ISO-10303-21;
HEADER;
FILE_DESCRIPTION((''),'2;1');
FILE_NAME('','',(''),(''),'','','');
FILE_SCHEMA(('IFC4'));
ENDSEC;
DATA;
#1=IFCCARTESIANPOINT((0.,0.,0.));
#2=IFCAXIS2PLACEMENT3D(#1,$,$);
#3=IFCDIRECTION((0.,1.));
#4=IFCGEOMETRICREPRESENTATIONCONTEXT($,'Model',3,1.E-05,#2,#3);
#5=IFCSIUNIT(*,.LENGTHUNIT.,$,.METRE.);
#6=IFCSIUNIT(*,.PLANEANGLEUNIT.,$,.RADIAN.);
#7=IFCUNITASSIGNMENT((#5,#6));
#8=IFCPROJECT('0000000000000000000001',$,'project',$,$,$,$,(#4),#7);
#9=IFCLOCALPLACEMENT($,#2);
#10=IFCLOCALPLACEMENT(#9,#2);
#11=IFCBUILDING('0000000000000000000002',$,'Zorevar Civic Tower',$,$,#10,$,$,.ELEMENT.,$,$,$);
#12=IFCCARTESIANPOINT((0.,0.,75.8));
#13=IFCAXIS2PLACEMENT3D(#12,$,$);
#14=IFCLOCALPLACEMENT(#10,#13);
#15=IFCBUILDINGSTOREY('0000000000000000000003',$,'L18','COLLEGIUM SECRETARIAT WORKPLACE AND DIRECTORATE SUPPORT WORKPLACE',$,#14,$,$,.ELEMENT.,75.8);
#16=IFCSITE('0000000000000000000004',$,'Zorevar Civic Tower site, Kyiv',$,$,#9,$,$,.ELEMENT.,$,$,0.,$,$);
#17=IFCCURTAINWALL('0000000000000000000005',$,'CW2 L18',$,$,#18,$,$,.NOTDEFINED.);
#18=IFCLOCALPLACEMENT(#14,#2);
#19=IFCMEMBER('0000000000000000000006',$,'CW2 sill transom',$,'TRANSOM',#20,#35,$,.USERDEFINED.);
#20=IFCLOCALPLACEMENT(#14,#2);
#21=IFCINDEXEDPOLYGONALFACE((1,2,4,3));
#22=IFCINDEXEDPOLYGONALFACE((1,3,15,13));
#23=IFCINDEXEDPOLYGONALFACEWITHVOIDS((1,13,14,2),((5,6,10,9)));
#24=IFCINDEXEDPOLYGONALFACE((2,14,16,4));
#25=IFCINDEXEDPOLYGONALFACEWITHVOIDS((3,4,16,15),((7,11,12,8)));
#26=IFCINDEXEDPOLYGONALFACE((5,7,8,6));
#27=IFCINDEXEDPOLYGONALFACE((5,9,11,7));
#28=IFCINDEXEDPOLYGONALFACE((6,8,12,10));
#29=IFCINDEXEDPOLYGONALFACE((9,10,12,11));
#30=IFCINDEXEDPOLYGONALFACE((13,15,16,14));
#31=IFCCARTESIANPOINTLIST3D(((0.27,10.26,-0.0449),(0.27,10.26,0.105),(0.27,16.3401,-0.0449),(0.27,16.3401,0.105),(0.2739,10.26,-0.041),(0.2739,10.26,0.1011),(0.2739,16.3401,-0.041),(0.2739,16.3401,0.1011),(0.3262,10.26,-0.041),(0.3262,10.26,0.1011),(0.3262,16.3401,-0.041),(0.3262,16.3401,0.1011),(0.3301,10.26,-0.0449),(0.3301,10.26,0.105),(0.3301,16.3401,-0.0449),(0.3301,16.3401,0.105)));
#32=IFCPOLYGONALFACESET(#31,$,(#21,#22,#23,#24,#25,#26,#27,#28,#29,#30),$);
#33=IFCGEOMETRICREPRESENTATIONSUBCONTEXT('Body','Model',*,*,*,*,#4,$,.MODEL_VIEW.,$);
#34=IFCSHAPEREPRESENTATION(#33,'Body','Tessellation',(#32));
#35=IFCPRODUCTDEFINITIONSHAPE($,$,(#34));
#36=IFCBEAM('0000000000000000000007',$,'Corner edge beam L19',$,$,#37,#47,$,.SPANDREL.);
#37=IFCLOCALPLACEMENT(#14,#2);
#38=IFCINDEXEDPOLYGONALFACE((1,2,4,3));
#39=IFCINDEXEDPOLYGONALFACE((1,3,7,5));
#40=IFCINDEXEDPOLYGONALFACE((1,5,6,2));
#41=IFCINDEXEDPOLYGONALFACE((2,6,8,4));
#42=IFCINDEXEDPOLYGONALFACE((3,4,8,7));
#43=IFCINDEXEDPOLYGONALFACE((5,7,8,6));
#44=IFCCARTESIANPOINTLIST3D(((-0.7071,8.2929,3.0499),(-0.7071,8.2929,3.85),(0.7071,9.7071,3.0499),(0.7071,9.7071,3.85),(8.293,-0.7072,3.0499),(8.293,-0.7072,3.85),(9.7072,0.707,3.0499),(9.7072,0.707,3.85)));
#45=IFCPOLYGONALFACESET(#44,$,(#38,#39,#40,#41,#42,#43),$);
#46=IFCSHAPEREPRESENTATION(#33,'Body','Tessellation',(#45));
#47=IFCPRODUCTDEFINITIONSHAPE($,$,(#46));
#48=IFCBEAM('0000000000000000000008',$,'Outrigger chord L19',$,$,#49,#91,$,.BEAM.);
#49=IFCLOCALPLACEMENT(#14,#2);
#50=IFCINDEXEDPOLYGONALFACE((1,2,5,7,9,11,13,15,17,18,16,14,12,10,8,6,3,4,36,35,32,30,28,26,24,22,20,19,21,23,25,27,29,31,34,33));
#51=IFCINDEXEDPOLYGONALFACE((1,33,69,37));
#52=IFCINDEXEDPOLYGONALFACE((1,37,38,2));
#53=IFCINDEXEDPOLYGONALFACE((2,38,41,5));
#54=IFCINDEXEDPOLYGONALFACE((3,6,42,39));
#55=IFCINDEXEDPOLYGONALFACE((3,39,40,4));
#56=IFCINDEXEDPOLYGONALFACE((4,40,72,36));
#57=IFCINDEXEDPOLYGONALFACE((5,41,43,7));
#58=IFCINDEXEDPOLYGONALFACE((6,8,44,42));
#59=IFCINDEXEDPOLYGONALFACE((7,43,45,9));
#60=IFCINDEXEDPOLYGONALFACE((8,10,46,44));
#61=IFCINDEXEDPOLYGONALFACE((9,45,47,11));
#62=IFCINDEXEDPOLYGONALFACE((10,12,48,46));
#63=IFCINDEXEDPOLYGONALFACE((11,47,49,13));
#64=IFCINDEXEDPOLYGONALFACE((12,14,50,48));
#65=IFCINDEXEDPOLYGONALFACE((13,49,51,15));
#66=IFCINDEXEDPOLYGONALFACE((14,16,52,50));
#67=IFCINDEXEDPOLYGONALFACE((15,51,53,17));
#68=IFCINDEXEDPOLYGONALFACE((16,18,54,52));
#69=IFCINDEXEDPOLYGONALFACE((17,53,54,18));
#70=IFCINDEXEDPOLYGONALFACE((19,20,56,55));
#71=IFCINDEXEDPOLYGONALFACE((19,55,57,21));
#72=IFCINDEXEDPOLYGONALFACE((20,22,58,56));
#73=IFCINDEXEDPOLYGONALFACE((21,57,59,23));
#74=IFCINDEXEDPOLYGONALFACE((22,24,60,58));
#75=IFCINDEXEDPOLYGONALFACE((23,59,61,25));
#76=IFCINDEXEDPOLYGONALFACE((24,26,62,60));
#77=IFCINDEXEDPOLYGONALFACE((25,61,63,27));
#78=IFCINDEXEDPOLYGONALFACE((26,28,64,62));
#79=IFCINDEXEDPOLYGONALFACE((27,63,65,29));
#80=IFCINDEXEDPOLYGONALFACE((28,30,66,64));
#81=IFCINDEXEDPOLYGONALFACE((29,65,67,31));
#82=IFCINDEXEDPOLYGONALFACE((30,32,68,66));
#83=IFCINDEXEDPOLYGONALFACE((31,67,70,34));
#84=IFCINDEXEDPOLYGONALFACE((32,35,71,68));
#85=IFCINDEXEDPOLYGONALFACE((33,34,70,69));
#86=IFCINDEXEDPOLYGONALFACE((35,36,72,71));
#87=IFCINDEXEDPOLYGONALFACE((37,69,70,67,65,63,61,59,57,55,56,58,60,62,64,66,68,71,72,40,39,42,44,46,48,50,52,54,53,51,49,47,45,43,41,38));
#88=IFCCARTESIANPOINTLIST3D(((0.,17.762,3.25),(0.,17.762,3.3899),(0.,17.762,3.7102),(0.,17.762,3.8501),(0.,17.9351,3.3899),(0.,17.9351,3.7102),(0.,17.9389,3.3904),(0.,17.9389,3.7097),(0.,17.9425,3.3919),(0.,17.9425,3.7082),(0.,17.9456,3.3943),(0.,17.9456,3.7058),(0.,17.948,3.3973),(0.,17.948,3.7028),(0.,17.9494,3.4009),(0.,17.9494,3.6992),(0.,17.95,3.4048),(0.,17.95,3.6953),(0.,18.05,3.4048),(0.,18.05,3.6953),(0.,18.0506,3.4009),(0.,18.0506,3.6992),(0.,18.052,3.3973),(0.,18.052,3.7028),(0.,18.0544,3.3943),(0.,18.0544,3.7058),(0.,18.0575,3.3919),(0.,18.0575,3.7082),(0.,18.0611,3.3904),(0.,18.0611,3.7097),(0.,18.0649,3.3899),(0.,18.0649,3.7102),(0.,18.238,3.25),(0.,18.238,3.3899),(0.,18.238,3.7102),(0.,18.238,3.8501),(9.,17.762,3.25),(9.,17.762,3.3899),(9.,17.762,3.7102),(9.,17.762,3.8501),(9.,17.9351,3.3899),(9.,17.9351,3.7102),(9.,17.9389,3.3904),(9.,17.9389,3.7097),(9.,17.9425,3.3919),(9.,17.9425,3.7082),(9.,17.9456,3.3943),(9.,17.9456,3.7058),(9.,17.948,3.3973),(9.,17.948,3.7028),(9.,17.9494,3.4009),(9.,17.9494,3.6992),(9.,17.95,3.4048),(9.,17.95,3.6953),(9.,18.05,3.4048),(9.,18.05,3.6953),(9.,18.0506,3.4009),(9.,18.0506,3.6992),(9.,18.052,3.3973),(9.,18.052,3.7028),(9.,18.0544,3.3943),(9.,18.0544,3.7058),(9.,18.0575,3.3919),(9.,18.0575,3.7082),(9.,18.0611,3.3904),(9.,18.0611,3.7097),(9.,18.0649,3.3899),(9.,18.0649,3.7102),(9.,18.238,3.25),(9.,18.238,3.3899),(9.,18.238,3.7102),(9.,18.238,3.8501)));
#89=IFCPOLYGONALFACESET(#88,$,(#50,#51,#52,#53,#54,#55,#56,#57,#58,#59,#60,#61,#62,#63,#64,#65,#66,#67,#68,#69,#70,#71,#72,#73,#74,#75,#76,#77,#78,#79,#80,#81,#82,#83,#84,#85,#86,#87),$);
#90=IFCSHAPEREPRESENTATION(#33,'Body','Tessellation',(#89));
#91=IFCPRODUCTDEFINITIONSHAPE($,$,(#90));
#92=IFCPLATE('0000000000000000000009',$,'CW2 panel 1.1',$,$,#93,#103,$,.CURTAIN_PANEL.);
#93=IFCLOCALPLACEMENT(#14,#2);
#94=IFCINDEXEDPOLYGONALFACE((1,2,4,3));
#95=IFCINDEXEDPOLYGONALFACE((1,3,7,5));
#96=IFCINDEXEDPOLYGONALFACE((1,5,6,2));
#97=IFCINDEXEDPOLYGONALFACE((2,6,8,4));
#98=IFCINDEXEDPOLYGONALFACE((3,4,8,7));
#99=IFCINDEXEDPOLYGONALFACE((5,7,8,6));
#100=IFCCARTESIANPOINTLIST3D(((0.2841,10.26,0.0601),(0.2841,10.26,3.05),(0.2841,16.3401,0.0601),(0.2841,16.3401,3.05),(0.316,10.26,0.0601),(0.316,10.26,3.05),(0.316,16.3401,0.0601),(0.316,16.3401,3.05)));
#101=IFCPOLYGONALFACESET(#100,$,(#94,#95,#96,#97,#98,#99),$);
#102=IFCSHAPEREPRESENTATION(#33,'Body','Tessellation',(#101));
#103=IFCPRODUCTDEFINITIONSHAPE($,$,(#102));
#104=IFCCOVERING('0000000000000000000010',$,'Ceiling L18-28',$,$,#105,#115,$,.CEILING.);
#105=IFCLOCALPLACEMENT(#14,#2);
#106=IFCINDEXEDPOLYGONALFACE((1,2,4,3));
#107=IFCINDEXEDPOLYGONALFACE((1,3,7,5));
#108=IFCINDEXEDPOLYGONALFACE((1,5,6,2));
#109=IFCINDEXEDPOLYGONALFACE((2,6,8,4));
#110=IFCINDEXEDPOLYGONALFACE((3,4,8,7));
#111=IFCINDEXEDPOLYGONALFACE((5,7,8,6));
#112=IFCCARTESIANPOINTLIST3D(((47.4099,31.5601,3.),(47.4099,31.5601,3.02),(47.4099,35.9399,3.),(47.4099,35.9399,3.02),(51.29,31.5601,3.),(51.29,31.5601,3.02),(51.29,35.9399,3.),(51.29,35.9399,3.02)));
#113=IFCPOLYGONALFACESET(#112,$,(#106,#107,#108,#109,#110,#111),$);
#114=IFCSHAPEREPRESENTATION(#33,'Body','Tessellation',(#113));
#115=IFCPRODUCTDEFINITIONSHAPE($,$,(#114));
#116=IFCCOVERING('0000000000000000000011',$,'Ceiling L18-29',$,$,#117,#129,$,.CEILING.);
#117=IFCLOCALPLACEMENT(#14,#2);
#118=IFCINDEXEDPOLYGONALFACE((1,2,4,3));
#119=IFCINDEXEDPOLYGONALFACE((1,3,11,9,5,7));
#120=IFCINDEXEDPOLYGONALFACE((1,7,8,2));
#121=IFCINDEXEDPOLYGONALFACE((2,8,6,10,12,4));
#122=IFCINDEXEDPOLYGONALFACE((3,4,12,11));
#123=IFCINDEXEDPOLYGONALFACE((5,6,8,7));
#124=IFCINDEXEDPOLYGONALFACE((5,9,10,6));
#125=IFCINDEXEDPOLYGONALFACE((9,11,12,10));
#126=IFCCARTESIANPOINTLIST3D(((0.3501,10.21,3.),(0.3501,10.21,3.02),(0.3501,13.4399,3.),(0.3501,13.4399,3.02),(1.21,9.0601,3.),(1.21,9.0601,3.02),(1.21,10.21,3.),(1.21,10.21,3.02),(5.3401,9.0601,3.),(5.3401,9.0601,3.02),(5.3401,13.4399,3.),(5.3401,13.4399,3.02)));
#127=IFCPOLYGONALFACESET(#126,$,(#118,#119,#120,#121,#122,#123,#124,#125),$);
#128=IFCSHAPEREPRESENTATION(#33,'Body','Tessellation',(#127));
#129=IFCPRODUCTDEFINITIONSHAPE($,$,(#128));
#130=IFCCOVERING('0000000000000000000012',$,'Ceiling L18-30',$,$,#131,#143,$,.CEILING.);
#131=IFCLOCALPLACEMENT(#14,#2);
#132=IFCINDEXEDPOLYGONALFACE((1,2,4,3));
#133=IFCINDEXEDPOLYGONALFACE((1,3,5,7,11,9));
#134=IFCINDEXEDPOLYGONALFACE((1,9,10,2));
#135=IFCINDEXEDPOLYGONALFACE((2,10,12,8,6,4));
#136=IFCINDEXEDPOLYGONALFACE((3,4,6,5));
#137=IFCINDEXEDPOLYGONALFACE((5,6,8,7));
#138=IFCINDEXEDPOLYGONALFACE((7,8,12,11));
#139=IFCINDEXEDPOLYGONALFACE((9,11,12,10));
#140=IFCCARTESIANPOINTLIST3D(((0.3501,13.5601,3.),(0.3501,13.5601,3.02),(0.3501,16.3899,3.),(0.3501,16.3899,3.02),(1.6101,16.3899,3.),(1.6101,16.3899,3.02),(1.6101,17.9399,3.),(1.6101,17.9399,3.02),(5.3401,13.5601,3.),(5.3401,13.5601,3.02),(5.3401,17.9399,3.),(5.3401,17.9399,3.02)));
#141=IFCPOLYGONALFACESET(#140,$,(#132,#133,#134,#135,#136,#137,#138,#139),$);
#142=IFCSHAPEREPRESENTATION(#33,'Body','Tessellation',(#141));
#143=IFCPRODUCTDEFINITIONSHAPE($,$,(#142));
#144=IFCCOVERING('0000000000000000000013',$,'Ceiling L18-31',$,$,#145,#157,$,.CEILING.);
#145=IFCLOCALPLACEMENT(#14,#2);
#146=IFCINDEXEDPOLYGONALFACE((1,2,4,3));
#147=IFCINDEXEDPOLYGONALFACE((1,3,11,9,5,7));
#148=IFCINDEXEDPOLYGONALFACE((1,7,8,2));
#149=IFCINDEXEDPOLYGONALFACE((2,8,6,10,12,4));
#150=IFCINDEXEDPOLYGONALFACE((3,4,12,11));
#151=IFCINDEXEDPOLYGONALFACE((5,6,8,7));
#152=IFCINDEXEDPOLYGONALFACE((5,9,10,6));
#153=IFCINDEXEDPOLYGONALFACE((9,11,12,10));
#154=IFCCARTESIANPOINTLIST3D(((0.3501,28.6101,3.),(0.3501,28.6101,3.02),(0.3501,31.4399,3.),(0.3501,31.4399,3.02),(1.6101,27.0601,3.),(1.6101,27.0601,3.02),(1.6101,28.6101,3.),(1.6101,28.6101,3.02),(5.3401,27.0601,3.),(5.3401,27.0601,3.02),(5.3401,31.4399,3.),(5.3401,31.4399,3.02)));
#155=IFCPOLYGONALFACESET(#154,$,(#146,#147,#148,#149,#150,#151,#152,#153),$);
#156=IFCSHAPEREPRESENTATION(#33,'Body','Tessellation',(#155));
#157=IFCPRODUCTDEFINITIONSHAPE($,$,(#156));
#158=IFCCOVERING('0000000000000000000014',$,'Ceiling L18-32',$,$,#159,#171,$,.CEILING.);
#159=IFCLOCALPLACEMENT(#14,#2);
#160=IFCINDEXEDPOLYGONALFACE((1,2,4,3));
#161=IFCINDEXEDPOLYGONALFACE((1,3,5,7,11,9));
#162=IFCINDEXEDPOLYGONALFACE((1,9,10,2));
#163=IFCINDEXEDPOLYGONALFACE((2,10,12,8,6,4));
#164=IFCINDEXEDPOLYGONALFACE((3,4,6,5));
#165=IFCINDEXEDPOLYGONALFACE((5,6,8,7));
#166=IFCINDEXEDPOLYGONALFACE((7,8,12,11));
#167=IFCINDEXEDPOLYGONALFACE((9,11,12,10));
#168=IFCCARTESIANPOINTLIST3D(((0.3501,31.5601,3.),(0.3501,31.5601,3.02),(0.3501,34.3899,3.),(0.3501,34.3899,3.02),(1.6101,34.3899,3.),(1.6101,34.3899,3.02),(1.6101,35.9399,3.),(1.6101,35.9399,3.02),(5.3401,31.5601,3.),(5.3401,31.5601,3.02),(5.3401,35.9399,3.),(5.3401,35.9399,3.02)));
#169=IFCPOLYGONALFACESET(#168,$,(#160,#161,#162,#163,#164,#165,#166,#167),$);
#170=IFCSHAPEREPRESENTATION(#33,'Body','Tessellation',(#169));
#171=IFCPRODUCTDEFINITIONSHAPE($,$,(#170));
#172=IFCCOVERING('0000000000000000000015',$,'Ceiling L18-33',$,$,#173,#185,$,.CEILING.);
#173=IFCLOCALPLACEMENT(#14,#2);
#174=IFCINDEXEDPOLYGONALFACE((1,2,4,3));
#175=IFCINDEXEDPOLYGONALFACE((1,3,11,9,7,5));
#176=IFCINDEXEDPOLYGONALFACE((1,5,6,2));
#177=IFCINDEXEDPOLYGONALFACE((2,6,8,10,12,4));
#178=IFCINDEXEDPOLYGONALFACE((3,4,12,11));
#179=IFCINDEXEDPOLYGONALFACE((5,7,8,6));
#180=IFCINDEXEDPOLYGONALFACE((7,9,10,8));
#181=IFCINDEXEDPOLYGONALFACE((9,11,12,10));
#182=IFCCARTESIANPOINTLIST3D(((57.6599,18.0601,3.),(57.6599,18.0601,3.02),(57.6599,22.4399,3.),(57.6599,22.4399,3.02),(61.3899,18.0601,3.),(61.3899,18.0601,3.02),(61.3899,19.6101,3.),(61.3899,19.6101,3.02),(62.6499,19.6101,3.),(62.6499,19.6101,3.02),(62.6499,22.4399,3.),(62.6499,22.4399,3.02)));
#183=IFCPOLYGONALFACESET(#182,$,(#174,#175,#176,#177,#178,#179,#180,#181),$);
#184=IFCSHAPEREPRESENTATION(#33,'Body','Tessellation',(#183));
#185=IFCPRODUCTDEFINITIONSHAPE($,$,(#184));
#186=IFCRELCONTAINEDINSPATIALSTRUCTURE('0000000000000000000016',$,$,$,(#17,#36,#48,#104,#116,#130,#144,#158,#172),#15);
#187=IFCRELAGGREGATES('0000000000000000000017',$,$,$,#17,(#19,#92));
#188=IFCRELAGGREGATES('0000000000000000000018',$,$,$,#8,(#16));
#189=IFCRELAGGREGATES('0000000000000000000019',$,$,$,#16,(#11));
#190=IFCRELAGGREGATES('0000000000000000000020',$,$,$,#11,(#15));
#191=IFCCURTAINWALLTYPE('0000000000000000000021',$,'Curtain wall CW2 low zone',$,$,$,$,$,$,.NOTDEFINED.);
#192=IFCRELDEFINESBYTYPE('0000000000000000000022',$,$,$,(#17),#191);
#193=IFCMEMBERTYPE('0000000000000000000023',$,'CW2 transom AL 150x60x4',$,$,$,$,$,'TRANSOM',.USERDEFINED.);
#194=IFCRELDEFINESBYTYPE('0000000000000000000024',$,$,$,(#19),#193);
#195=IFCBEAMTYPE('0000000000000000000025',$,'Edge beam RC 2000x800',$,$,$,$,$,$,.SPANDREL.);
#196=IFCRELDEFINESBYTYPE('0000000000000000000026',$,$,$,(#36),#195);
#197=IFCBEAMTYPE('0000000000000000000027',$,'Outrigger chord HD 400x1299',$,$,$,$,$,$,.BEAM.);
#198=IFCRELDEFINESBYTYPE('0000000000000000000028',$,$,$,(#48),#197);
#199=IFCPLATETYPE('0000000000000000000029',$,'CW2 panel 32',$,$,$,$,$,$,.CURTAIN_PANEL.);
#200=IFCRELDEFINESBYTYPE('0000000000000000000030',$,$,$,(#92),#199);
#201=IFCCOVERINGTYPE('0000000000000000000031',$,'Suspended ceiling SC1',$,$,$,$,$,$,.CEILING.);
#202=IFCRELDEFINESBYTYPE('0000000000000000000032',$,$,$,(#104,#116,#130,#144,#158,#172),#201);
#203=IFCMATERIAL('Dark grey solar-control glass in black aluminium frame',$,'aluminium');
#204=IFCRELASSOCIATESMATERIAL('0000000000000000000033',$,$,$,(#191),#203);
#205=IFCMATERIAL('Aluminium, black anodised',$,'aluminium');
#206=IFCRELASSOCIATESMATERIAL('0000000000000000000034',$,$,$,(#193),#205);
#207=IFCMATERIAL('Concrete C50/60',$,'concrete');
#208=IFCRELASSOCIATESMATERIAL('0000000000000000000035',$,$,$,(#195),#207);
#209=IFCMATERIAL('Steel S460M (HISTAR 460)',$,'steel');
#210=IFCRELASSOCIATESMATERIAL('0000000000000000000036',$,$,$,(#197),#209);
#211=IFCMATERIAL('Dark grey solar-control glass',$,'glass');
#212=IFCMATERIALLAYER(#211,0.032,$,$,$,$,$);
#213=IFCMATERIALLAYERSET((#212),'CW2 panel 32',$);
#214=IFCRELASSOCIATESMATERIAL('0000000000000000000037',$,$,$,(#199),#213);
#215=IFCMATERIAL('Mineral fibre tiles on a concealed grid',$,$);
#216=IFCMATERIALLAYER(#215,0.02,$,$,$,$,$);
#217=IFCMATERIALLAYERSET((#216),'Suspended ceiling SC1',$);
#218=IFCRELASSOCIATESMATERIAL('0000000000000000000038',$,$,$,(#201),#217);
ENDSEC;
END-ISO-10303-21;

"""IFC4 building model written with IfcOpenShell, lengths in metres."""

from ifc_helpers import new_model, si_unit, direction, frame, origin, origin_2d, place, context, subcontext, project, spatial, polyline, rectangle, hollow_rectangle, i_section, outline, extrude, material, layer, layer_set, material_profile, profile_set, type_object, element, aggregate, save


model = new_model("IFC4")

# Units and contexts
model_context = context("Model", 3, precision=1e-05, world=origin(), true_north=direction((0.0, 1.0)))
body_context = subcontext(model_context, "Body", "Model", "MODEL_VIEW")
ifc_project = project(units=[si_unit("LENGTHUNIT", "METRE"), si_unit("PLANEANGLEUNIT", "RADIAN")], contexts=[model_context])

# Site, building, storey
site_placement = place(None, origin())
site = spatial("IfcSite", under=ifc_project, at=site_placement, Name="Zorevar Civic Tower site, Kyiv", CompositionType="ELEMENT", RefElevation=0.0)
building_placement = place(site_placement, origin())
building = spatial("IfcBuilding", under=site, at=building_placement, Name="Zorevar Civic Tower", CompositionType="ELEMENT")
storey_placement = place(building_placement, frame((0.0, 0.0, 75.8)))
storey = spatial("IfcBuildingStorey", under=building, at=storey_placement, Name="L18", Description="COLLEGIUM SECRETARIAT WORKPLACE AND DIRECTORATE SUPPORT WORKPLACE", CompositionType="ELEMENT", Elevation=75.8)

# Curtain wall, member
ifc_material_1 = material(Name="Dark grey solar-control glass in black aluminium frame", Category="aluminium")
curtain_wall_type = type_object("IfcCurtainWallType", Name="Curtain wall CW2 low zone", PredefinedType="NOTDEFINED", material=ifc_material_1)
curtain_wall_placement = place(storey_placement, origin())
curtain_wall = element("IfcCurtainWall", 1, at=curtain_wall_placement, inside=storey, type_object=curtain_wall_type, Name="CW2 L18", PredefinedType="NOTDEFINED")
ifc_material_2 = material(Name="Aluminium, black anodised", Category="aluminium")
ifc_material_profile_1 = material_profile(ifc_material_2, hollow_rectangle(XDim=0.0601, YDim=0.1499, WallThickness=0.0039, at=origin_2d()), Name="AL 150x60x4")
ifc_profile_set_1 = profile_set([ifc_material_profile_1], Name="Aluminium, black anodised")
member_type_1 = type_object("IfcMemberType", Name="CW2 transom AL 150x60x4", ElementType="TRANSOM", PredefinedType="USERDEFINED", material=ifc_profile_set_1)
member_1_placement = place(storey_placement, frame((0.3, 10.26, 0.03), z_axis=(0.0, 1.0, 0.0), x_axis=(-1.0, 0.0, 0.0)))
member_1 = element("IfcMember", 2, at=member_1_placement, type_object=member_type_1, Name="CW2 sill transom", ObjectType="TRANSOM", PredefinedType="USERDEFINED", context=body_context, shape_type="SweptSolid", body=[
    extrude(hollow_rectangle(XDim=0.0601, YDim=0.1499, WallThickness=0.0039, at=origin_2d()), origin(), (0.0, 0.0, 1.0), 6.0801),
])

# Beams
ifc_material_3 = material(Name="Concrete C50/60", Category="concrete")
ifc_material_profile_2 = material_profile(ifc_material_3, rectangle(XDim=2.0, YDim=0.8, at=origin_2d()), Name="RC 2000x800")
ifc_profile_set_2 = profile_set([ifc_material_profile_2], Name="Concrete C50/60")
beam_type_1 = type_object("IfcBeamType", Name="Edge beam RC 2000x800", PredefinedType="SPANDREL", material=ifc_profile_set_2)
beam_1_placement = place(storey_placement, frame((0.0, 9.0, 3.45), z_axis=(0.707107, -0.707107, 0.0), x_axis=(0.707107, 0.707107, 0.0)))
element("IfcBeam", 3, at=beam_1_placement, inside=storey, type_object=beam_type_1, Name="Corner edge beam L19", PredefinedType="SPANDREL", context=body_context, shape_type="SweptSolid", body=[
    extrude(rectangle(XDim=2.0, YDim=0.8, at=origin_2d()), origin(), (0.0, 0.0, 1.0), 12.728),
])
ifc_material_4 = material(Name="Steel S460M (HISTAR 460)", Category="steel")
ifc_material_profile_3 = material_profile(ifc_material_4, i_section(OverallWidth=0.4761, OverallDepth=0.6001, WebThickness=0.1001, FlangeThickness=0.1399, FilletRadius=0.0149, at=origin_2d()), Name="HD 400x1299")
ifc_profile_set_3 = profile_set([ifc_material_profile_3], Name="Steel S460M (HISTAR 460)")
beam_type_2 = type_object("IfcBeamType", Name="Outrigger chord HD 400x1299", PredefinedType="BEAM", material=ifc_profile_set_3)
beam_2_placement = place(storey_placement, frame((0.0, 18.0, 3.55), z_axis=(1.0, 0.0, 0.0), x_axis=(0.0, 1.0, 0.0)))
element("IfcBeam", 4, at=beam_2_placement, inside=storey, type_object=beam_type_2, Name="Outrigger chord L19", PredefinedType="BEAM", context=body_context, shape_type="SweptSolid", body=[
    extrude(i_section(OverallWidth=0.4761, OverallDepth=0.6001, WebThickness=0.1001, FlangeThickness=0.1399, FilletRadius=0.0149, at=origin_2d()), origin(), (0.0, 0.0, 1.0), 9.0),
])

# Plate
ifc_material_5 = material(Name="Dark grey solar-control glass", Category="glass")
ifc_layer_1 = layer(ifc_material_5, 0.032)
ifc_layer_set_1 = layer_set([ifc_layer_1], Name="CW2 panel 32")
plate_type = type_object("IfcPlateType", Name="CW2 panel 32", PredefinedType="CURTAIN_PANEL", material=ifc_layer_set_1)
plate_placement = place(storey_placement, frame((0.3, 13.3, 0.0601), z_axis=(0.0, 0.0, 1.0), x_axis=(0.0, 1.0, 0.0)))
plate = element("IfcPlate", 5, at=plate_placement, type_object=plate_type, Name="CW2 panel 1.1", PredefinedType="CURTAIN_PANEL", context=body_context, shape_type="SweptSolid", body=[
    extrude(rectangle(XDim=6.0801, YDim=0.032, at=origin_2d()), origin(), (0.0, 0.0, 1.0), 2.99),
])
aggregate(curtain_wall, [member_1, plate])

# Coverings
ifc_material_6 = material(Name="Mineral fibre tiles on a concealed grid")
ifc_layer_2 = layer(ifc_material_6, 0.02)
ifc_layer_set_2 = layer_set([ifc_layer_2], Name="Suspended ceiling SC1")
covering_type = type_object("IfcCoveringType", Name="Suspended ceiling SC1", PredefinedType="CEILING", material=ifc_layer_set_2)
covering_1_placement = place(storey_placement, frame((0.0, 0.0, 3.0)))
element("IfcCovering", 6, at=covering_1_placement, inside=storey, type_object=covering_type, Name="Ceiling L18-28", PredefinedType="CEILING", context=body_context, shape_type="SweptSolid", body=[
    extrude(outline(polyline([(51.29, 31.5601), (47.4099, 31.5601), (47.4099, 35.9399), (51.29, 35.9399), (51.29, 31.5601)])), origin(), (0.0, 0.0, 1.0), 0.02),
])
covering_2_placement = place(storey_placement, frame((0.0, 0.0, 3.0)))
element("IfcCovering", 7, at=covering_2_placement, inside=storey, type_object=covering_type, Name="Ceiling L18-29", PredefinedType="CEILING", context=body_context, shape_type="SweptSolid", body=[
    extrude(outline(polyline([(5.3401, 9.0601), (1.21, 9.0601), (1.21, 10.21), (0.3501, 10.21), (0.3501, 13.4399), (5.3401, 13.4399), (5.3401, 9.0601)])), origin(), (0.0, 0.0, 1.0), 0.02),
])
covering_3_placement = place(storey_placement, frame((0.0, 0.0, 3.0)))
element("IfcCovering", 8, at=covering_3_placement, inside=storey, type_object=covering_type, Name="Ceiling L18-30", PredefinedType="CEILING", context=body_context, shape_type="SweptSolid", body=[
    extrude(outline(polyline([(5.3401, 13.5601), (0.3501, 13.5601), (0.3501, 16.3899), (1.6101, 16.3899), (1.6101, 17.9399), (5.3401, 17.9399), (5.3401, 13.5601)])), origin(), (0.0, 0.0, 1.0), 0.02),
])
covering_4_placement = place(storey_placement, frame((0.0, 0.0, 3.0)))
element("IfcCovering", 9, at=covering_4_placement, inside=storey, type_object=covering_type, Name="Ceiling L18-31", PredefinedType="CEILING", context=body_context, shape_type="SweptSolid", body=[
    extrude(outline(polyline([(5.3401, 27.0601), (1.6101, 27.0601), (1.6101, 28.6101), (0.3501, 28.6101), (0.3501, 31.4399), (5.3401, 31.4399), (5.3401, 27.0601)])), origin(), (0.0, 0.0, 1.0), 0.02),
])
covering_5_placement = place(storey_placement, frame((0.0, 0.0, 3.0)))
element("IfcCovering", 10, at=covering_5_placement, inside=storey, type_object=covering_type, Name="Ceiling L18-32", PredefinedType="CEILING", context=body_context, shape_type="SweptSolid", body=[
    extrude(outline(polyline([(5.3401, 31.5601), (0.3501, 31.5601), (0.3501, 34.3899), (1.6101, 34.3899), (1.6101, 35.9399), (5.3401, 35.9399), (5.3401, 31.5601)])), origin(), (0.0, 0.0, 1.0), 0.02),
])
covering_6_placement = place(storey_placement, frame((0.0, 0.0, 3.0)))
element("IfcCovering", 11, at=covering_6_placement, inside=storey, type_object=covering_type, Name="Ceiling L18-33", PredefinedType="CEILING", context=body_context, shape_type="SweptSolid", body=[
    extrude(outline(polyline([(57.6599, 22.4399), (62.6499, 22.4399), (62.6499, 19.6101), (61.3899, 19.6101), (61.3899, 18.0601), (57.6599, 18.0601), (57.6599, 22.4399)])), origin(), (0.0, 0.0, 1.0), 0.02),
])

save(model, "model.ifc")
